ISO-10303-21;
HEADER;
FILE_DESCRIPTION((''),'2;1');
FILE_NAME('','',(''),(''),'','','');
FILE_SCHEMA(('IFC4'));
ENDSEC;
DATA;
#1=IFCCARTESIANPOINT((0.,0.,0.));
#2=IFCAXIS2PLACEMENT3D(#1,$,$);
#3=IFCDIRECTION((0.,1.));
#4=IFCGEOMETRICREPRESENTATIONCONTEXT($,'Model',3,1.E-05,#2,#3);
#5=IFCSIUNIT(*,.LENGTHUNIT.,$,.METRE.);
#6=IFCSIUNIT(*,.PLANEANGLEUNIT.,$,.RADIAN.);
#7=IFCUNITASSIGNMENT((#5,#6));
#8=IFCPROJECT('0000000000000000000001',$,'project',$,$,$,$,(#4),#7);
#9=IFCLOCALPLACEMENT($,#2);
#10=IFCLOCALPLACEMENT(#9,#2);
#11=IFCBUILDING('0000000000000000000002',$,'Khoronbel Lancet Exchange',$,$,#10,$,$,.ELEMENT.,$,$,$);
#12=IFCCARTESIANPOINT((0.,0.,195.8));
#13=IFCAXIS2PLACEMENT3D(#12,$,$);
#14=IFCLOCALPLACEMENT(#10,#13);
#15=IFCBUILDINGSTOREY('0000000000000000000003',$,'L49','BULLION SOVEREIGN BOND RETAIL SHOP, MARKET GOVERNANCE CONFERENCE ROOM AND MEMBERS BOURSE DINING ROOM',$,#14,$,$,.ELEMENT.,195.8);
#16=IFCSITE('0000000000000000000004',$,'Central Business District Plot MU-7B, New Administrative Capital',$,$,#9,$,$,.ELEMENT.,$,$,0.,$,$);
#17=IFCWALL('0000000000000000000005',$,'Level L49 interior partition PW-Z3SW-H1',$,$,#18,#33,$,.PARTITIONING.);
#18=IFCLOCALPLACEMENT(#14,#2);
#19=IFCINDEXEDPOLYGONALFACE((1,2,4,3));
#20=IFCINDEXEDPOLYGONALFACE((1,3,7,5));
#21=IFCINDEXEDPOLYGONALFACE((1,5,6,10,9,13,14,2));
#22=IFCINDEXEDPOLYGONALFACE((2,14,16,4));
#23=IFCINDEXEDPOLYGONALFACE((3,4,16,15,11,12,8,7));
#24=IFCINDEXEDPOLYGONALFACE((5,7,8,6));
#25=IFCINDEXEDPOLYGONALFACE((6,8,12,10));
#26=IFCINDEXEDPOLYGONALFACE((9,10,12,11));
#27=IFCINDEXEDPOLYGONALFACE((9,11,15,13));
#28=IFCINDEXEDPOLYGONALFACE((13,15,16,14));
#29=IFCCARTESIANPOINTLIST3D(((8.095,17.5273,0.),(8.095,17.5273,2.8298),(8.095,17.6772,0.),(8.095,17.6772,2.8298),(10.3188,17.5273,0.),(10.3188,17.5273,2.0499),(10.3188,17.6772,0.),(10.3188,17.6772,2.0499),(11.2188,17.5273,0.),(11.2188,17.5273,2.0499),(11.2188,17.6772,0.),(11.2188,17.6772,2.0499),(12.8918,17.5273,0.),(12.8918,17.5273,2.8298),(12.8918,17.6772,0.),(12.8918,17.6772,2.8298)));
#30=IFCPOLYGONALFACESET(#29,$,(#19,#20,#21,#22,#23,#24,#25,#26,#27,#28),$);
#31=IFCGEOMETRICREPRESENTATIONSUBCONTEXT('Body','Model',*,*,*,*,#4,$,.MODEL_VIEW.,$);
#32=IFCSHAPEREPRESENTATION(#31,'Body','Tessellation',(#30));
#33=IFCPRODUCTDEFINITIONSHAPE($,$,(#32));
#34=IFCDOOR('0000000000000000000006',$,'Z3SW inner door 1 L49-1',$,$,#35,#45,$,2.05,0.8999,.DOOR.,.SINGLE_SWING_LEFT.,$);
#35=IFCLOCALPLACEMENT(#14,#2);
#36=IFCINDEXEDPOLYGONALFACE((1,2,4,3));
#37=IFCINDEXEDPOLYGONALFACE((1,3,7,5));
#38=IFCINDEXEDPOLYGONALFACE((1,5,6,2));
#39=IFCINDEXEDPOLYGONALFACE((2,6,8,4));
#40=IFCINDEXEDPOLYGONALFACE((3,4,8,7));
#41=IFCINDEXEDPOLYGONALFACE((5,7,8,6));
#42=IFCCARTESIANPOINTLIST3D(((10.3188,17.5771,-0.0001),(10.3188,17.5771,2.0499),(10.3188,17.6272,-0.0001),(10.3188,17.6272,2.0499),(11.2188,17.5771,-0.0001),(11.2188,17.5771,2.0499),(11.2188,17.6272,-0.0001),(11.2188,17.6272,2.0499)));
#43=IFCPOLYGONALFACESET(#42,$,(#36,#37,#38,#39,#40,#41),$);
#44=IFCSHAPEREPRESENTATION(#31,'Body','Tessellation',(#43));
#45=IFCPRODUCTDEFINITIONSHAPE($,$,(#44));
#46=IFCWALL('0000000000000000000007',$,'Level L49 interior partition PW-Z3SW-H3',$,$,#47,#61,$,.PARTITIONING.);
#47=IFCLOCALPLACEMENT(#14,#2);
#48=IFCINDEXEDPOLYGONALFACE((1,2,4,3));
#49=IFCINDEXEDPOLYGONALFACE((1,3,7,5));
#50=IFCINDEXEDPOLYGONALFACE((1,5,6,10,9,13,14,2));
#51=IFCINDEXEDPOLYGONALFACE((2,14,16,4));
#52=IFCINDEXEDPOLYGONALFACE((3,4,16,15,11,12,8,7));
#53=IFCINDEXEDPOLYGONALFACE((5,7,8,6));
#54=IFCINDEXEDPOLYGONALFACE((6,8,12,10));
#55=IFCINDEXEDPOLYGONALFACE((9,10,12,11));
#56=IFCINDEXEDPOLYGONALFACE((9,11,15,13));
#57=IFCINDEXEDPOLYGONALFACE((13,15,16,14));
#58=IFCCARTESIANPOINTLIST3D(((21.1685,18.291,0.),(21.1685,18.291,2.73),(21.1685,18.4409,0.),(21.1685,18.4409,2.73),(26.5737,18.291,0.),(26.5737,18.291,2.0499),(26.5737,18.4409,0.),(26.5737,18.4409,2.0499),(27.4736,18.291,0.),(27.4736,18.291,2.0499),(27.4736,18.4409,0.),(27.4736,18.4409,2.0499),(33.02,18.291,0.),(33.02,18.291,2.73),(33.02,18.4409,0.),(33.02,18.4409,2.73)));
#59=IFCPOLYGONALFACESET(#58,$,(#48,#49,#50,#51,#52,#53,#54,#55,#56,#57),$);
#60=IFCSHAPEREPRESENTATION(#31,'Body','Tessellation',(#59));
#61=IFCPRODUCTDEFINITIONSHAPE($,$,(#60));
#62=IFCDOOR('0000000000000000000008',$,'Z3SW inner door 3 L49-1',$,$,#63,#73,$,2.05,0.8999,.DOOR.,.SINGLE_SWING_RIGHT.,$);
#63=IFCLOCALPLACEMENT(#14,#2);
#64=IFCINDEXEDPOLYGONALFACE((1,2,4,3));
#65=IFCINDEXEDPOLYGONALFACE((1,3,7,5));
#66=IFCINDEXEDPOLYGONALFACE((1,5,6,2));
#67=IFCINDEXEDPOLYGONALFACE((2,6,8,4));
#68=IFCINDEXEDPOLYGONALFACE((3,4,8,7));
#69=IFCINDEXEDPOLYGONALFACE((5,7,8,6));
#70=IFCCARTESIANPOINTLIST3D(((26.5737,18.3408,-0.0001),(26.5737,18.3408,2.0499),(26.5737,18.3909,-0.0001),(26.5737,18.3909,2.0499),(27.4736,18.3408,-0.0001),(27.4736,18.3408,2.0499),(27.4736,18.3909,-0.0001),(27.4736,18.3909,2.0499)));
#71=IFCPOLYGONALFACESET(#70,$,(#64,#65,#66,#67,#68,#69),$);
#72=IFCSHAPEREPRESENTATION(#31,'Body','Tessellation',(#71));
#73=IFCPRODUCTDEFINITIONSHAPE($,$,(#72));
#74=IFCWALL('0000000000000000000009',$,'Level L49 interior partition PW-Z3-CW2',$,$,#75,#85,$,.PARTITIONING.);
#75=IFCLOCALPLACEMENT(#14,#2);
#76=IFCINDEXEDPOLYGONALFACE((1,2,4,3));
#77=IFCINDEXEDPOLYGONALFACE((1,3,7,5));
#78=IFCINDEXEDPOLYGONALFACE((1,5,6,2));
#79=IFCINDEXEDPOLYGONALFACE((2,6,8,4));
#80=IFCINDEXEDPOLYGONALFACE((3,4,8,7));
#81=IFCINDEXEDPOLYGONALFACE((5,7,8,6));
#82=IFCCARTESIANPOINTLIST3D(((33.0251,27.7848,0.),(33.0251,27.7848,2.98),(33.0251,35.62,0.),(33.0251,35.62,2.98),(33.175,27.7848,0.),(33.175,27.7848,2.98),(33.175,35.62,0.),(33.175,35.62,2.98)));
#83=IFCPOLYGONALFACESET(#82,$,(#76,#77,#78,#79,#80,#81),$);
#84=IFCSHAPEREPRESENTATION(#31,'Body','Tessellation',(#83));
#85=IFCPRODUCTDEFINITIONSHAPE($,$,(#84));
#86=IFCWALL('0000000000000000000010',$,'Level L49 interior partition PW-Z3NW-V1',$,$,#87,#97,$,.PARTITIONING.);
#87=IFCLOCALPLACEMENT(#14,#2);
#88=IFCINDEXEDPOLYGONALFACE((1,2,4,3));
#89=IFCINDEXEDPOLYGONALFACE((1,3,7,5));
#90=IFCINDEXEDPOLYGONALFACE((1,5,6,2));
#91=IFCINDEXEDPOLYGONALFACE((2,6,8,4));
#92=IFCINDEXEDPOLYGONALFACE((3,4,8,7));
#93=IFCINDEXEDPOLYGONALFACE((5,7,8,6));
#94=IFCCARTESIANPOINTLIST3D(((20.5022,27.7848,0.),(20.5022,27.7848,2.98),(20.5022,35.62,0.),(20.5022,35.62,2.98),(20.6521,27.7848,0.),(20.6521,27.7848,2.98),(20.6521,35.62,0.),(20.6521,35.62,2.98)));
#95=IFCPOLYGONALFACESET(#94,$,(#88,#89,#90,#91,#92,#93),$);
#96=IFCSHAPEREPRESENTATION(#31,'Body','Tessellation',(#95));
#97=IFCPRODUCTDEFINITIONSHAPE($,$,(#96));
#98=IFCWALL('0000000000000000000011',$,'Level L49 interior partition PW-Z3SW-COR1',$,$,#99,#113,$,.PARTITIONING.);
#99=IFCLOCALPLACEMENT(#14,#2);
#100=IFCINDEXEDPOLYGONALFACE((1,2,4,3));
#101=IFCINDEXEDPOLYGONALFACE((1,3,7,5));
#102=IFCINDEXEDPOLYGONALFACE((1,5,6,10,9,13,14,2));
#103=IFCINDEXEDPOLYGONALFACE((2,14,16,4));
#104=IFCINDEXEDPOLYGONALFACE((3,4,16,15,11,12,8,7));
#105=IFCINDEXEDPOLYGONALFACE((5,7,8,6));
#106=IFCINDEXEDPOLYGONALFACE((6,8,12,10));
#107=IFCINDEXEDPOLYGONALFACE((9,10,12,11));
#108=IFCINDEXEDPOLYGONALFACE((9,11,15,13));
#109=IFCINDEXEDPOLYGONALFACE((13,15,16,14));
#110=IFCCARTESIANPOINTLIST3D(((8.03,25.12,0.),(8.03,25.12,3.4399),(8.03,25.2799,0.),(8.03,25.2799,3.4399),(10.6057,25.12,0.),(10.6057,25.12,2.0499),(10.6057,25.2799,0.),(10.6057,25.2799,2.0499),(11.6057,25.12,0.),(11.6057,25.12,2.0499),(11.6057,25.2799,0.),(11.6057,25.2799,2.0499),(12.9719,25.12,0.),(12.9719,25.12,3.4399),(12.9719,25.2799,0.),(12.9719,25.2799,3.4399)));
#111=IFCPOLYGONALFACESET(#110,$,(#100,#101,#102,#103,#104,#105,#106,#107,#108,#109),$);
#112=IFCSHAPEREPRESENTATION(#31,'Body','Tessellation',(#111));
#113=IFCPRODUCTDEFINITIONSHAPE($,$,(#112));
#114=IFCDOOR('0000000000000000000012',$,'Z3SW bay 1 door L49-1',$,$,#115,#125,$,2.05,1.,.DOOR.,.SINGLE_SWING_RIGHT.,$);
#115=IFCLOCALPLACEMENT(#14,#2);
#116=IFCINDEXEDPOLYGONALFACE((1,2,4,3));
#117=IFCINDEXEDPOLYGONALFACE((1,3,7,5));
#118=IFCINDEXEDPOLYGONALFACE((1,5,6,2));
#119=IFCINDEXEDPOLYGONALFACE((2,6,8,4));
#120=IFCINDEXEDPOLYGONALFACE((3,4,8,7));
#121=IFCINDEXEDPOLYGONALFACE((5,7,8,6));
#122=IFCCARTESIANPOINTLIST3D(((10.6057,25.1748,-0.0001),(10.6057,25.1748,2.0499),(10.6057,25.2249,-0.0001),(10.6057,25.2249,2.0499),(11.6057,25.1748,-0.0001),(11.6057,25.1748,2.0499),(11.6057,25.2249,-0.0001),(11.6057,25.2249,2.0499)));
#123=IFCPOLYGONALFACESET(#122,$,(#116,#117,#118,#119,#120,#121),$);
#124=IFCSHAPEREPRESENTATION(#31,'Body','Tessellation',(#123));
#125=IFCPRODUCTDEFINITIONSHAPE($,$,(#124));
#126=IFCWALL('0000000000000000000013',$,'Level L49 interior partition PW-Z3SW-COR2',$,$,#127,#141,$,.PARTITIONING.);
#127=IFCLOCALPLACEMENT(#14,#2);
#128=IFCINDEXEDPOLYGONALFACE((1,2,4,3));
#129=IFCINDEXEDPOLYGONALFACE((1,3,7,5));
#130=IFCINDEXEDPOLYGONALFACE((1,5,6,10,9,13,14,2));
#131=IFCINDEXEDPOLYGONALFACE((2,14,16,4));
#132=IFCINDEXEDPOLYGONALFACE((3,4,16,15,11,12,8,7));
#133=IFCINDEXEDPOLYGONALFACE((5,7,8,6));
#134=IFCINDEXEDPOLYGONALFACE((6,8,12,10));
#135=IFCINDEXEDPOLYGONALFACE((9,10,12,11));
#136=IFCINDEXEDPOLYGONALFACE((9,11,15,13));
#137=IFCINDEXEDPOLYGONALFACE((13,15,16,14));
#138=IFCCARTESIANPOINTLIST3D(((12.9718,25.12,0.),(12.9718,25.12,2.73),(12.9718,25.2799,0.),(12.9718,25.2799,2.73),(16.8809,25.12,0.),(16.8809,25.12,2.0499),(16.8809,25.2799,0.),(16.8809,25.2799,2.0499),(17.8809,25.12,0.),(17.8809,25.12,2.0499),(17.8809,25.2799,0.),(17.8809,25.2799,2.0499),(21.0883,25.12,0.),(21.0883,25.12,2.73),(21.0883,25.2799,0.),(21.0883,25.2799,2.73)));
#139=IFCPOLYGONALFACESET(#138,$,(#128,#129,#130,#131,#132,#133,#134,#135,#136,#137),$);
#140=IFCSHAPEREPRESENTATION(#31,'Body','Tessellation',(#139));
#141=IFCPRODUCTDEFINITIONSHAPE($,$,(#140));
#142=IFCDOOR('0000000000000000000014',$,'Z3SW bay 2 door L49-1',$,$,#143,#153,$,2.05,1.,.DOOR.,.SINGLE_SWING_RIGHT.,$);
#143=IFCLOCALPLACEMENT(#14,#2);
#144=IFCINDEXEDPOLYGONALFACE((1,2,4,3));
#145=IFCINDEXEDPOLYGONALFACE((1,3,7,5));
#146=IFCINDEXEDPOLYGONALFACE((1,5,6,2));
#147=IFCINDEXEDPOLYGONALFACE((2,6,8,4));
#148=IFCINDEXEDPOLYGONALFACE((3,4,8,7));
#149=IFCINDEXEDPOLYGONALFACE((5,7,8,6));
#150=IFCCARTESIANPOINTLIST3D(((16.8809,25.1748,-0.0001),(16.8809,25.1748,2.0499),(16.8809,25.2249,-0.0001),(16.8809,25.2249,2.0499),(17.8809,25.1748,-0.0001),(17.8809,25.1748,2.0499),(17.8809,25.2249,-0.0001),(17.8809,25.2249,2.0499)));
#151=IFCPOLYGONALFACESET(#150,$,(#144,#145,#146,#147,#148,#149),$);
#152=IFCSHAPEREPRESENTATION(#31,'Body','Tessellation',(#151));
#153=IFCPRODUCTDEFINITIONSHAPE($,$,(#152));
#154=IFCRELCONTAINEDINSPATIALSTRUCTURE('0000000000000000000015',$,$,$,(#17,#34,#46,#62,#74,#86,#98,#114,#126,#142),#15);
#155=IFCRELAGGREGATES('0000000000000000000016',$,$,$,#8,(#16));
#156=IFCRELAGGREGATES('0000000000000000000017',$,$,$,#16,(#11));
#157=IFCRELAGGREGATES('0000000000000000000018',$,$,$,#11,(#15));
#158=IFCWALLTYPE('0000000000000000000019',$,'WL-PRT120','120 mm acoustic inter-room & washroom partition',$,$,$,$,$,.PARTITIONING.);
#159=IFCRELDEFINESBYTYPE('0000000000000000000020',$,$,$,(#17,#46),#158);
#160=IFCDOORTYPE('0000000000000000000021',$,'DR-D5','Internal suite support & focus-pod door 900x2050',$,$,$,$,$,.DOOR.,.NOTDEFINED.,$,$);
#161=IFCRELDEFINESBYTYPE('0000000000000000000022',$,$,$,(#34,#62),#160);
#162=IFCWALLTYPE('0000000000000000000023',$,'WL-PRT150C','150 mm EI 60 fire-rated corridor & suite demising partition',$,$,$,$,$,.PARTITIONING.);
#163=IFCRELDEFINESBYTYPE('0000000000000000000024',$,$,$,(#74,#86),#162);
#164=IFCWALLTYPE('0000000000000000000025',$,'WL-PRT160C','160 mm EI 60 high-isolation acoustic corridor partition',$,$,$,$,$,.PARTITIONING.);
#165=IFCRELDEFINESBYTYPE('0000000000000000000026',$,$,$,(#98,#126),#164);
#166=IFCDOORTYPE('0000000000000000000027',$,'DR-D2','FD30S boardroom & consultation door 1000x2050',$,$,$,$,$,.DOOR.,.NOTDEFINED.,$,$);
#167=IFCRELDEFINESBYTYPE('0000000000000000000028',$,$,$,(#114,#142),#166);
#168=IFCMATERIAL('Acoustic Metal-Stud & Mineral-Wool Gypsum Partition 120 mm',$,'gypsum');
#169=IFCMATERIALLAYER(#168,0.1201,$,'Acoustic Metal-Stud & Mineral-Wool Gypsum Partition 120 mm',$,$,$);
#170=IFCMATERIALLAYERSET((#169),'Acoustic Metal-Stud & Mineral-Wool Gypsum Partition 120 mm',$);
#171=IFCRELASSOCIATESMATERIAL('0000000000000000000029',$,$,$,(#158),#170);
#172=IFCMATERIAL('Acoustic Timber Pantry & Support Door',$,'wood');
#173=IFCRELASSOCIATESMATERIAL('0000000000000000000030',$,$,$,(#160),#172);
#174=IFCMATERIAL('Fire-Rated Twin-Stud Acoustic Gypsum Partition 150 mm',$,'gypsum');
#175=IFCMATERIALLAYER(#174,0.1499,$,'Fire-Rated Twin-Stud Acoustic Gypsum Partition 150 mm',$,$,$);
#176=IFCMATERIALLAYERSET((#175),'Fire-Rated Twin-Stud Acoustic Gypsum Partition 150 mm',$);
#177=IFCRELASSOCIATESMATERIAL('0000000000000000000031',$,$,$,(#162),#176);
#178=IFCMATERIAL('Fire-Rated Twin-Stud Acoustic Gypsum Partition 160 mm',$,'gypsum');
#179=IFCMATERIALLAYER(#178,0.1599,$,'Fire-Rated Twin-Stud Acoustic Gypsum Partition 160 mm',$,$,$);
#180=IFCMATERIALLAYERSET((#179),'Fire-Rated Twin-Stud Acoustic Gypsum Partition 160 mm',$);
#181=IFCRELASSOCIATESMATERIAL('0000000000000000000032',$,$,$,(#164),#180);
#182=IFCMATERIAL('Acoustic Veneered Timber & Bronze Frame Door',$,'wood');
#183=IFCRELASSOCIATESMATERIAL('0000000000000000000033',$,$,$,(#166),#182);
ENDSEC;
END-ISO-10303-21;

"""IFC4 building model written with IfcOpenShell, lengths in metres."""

from ifc_helpers import new_model, si_unit, direction, frame, frame_2d, origin, place, context, subcontext, project, spatial, rectangle, extrude, material, layer, layer_set, type_object, element, fill, save


model = new_model("IFC4")

# Units and contexts
model_context = context("Model", 3, precision=1e-05, world=origin(), true_north=direction((0.0, 1.0)))
body_context = subcontext(model_context, "Body", "Model", "MODEL_VIEW")
ifc_project = project(units=[si_unit("LENGTHUNIT", "METRE"), si_unit("PLANEANGLEUNIT", "RADIAN")], contexts=[model_context])

# Site, building, storey
site_placement = place(None, origin())
site = spatial("IfcSite", under=ifc_project, at=site_placement, Name="Central Business District Plot MU-7B, New Administrative Capital", CompositionType="ELEMENT", RefElevation=0.0)
building_placement = place(site_placement, origin())
building = spatial("IfcBuilding", under=site, at=building_placement, Name="Khoronbel Lancet Exchange", CompositionType="ELEMENT")
storey_placement = place(building_placement, frame((0.0, 0.0, 195.8)))
storey = spatial("IfcBuildingStorey", under=building, at=storey_placement, Name="L49", Description="BULLION SOVEREIGN BOND RETAIL SHOP, MARKET GOVERNANCE CONFERENCE ROOM AND MEMBERS BOURSE DINING ROOM", CompositionType="ELEMENT", Elevation=195.8)

# Walls, openings, doors
ifc_material_1 = material(Name="Acoustic Metal-Stud & Mineral-Wool Gypsum Partition 120 mm", Category="gypsum")
ifc_layer_1 = layer(ifc_material_1, 0.1201, Name="Acoustic Metal-Stud & Mineral-Wool Gypsum Partition 120 mm")
ifc_layer_set_1 = layer_set([ifc_layer_1], Name="Acoustic Metal-Stud & Mineral-Wool Gypsum Partition 120 mm")
wall_type_1 = type_object("IfcWallType", Name="WL-PRT120", Description="120 mm acoustic inter-room & washroom partition", PredefinedType="PARTITIONING", material=ifc_layer_set_1)
wall_1_placement = place(storey_placement, frame((8.095, 17.6023, 0.0), z_axis=(0.0, 0.0, 1.0), x_axis=(1.0, 0.0, 0.0)))
wall_1 = element("IfcWall", 1, at=wall_1_placement, inside=storey, type_object=wall_type_1, Name="Level L49 interior partition PW-Z3SW-H1", PredefinedType="PARTITIONING", context=body_context, shape_type="SweptSolid", body=[
    extrude(rectangle(XDim=4.7969, YDim=0.1499, at=frame_2d((2.3984, 0.0))), origin(), (0.0, 0.0, 1.0), 2.8298),
])
opening_1_placement = place(wall_1_placement, frame((2.2239, 0.0, 0.0)))
opening_1 = element("IfcOpeningElement", 2, at=opening_1_placement, cuts=wall_1, PredefinedType="OPENING", context=body_context, shape_type="SweptSolid", body=[
    extrude(rectangle(XDim=0.8999, YDim=2.05, at=frame_2d((0.45, 1.0249))), frame((0.0, 0.085, 0.0), z_axis=(0.0, -1.0, 0.0), x_axis=(1.0, 0.0, 0.0)), (0.0, 0.0, 1.0), 0.1699),
])
ifc_material_2 = material(Name="Acoustic Timber Pantry & Support Door", Category="wood")
door_type_1 = type_object("IfcDoorType", Name="DR-D5", Description="Internal suite support & focus-pod door 900x2050", OperationType="NOTDEFINED", PredefinedType="DOOR", material=ifc_material_2)
door_1_placement = place(opening_1_placement, origin())
door_1 = element("IfcDoor", 3, at=door_1_placement, inside=storey, type_object=door_type_1, Name="Z3SW inner door 1 L49-1", OperationType="SINGLE_SWING_LEFT", OverallHeight=2.05, OverallWidth=0.8999, PredefinedType="DOOR", context=body_context, shape_type="SweptSolid", body=[
    extrude(rectangle(XDim=0.8999, YDim=2.05, at=frame_2d((0.45, 1.0249))), frame((0.0, 0.0249, 0.0), z_axis=(0.0, -1.0, 0.0), x_axis=(1.0, 0.0, 0.0)), (0.0, 0.0, 1.0), 0.05),
])
fill(opening_1, door_1)
wall_2_placement = place(storey_placement, frame((21.1685, 18.366, 0.0), z_axis=(0.0, 0.0, 1.0), x_axis=(1.0, 0.0, 0.0)))
wall_2 = element("IfcWall", 4, at=wall_2_placement, inside=storey, type_object=wall_type_1, Name="Level L49 interior partition PW-Z3SW-H3", PredefinedType="PARTITIONING", context=body_context, shape_type="SweptSolid", body=[
    extrude(rectangle(XDim=11.8516, YDim=0.1499, at=frame_2d((5.9258, 0.0))), origin(), (0.0, 0.0, 1.0), 2.73),
])
opening_2_placement = place(wall_2_placement, frame((5.4053, 0.0, 0.0)))
opening_2 = element("IfcOpeningElement", 5, at=opening_2_placement, cuts=wall_2, PredefinedType="OPENING", context=body_context, shape_type="SweptSolid", body=[
    extrude(rectangle(XDim=0.8999, YDim=2.05, at=frame_2d((0.45, 1.0249))), frame((0.0, 0.085, 0.0), z_axis=(0.0, -1.0, 0.0), x_axis=(1.0, 0.0, 0.0)), (0.0, 0.0, 1.0), 0.1699),
])
door_2_placement = place(opening_2_placement, origin())
door_2 = element("IfcDoor", 6, at=door_2_placement, inside=storey, type_object=door_type_1, Name="Z3SW inner door 3 L49-1", OperationType="SINGLE_SWING_RIGHT", OverallHeight=2.05, OverallWidth=0.8999, PredefinedType="DOOR", context=body_context, shape_type="SweptSolid", body=[
    extrude(rectangle(XDim=0.8999, YDim=2.05, at=frame_2d((0.45, 1.0249))), frame((0.0, 0.0249, 0.0), z_axis=(0.0, -1.0, 0.0), x_axis=(1.0, 0.0, 0.0)), (0.0, 0.0, 1.0), 0.05),
])
fill(opening_2, door_2)

# Walls
ifc_material_3 = material(Name="Fire-Rated Twin-Stud Acoustic Gypsum Partition 150 mm", Category="gypsum")
ifc_layer_2 = layer(ifc_material_3, 0.1499, Name="Fire-Rated Twin-Stud Acoustic Gypsum Partition 150 mm")
ifc_layer_set_2 = layer_set([ifc_layer_2], Name="Fire-Rated Twin-Stud Acoustic Gypsum Partition 150 mm")
wall_type_2 = type_object("IfcWallType", Name="WL-PRT150C", Description="150 mm EI 60 fire-rated corridor & suite demising partition", PredefinedType="PARTITIONING", material=ifc_layer_set_2)
for number, where, z_axis, x_axis, name in (
    (7, (33.1001, 27.7849, 0.0), (0.0, 0.0, 1.0), (0.0, 1.0, 0.0), "Level L49 interior partition PW-Z3-CW2"),
    (8, (20.5771, 27.7849, 0.0), (0.0, 0.0, 1.0), (0.0, 1.0, 0.0), "Level L49 interior partition PW-Z3NW-V1"),
):
    element("IfcWall", number, at=place(storey_placement, frame(where, z_axis=z_axis, x_axis=x_axis)), inside=storey, type_object=wall_type_2, Name=name, PredefinedType="PARTITIONING", context=body_context, shape_type="SweptSolid", body=[
        extrude(rectangle(XDim=7.8352, YDim=0.1499, at=frame_2d((3.9175, 0.0))), origin(), (0.0, 0.0, 1.0), 2.98),
    ])

# Walls, openings, doors
ifc_material_4 = material(Name="Fire-Rated Twin-Stud Acoustic Gypsum Partition 160 mm", Category="gypsum")
ifc_layer_3 = layer(ifc_material_4, 0.1599, Name="Fire-Rated Twin-Stud Acoustic Gypsum Partition 160 mm")
ifc_layer_set_3 = layer_set([ifc_layer_3], Name="Fire-Rated Twin-Stud Acoustic Gypsum Partition 160 mm")
wall_type_3 = type_object("IfcWallType", Name="WL-PRT160C", Description="160 mm EI 60 high-isolation acoustic corridor partition", PredefinedType="PARTITIONING", material=ifc_layer_set_3)
wall_3_placement = place(storey_placement, frame((8.03, 25.2, 0.0), z_axis=(0.0, 0.0, 1.0), x_axis=(1.0, 0.0, 0.0)))
wall_3 = element("IfcWall", 9, at=wall_3_placement, inside=storey, type_object=wall_type_3, Name="Level L49 interior partition PW-Z3SW-COR1", PredefinedType="PARTITIONING", context=body_context, shape_type="SweptSolid", body=[
    extrude(rectangle(XDim=4.9419, YDim=0.1599, at=frame_2d((2.4709, 0.0))), origin(), (0.0, 0.0, 1.0), 3.4399),
])
opening_3_placement = place(wall_3_placement, frame((2.5757, 0.0, 0.0)))
opening_3 = element("IfcOpeningElement", 10, at=opening_3_placement, cuts=wall_3, PredefinedType="OPENING", context=body_context, shape_type="SweptSolid", body=[
    extrude(rectangle(XDim=1.0, YDim=2.05, at=frame_2d((0.5, 1.0249))), frame((0.0, 0.0898, 0.0), z_axis=(0.0, -1.0, 0.0), x_axis=(1.0, 0.0, 0.0)), (0.0, 0.0, 1.0), 0.1799),
])
ifc_material_5 = material(Name="Acoustic Veneered Timber & Bronze Frame Door", Category="wood")
door_type_2 = type_object("IfcDoorType", Name="DR-D2", Description="FD30S boardroom & consultation door 1000x2050", OperationType="NOTDEFINED", PredefinedType="DOOR", material=ifc_material_5)
door_3_placement = place(opening_3_placement, origin())
door_3 = element("IfcDoor", 11, at=door_3_placement, inside=storey, type_object=door_type_2, Name="Z3SW bay 1 door L49-1", OperationType="SINGLE_SWING_RIGHT", OverallHeight=2.05, OverallWidth=1.0, PredefinedType="DOOR", context=body_context, shape_type="SweptSolid", body=[
    extrude(rectangle(XDim=1.0, YDim=2.05, at=frame_2d((0.5, 1.0249))), frame((0.0, 0.0249, 0.0), z_axis=(0.0, -1.0, 0.0), x_axis=(1.0, 0.0, 0.0)), (0.0, 0.0, 1.0), 0.05),
])
fill(opening_3, door_3)
wall_4_placement = place(storey_placement, frame((12.9719, 25.2, 0.0), z_axis=(0.0, 0.0, 1.0), x_axis=(1.0, 0.0, 0.0)))
wall_4 = element("IfcWall", 12, at=wall_4_placement, inside=storey, type_object=wall_type_3, Name="Level L49 interior partition PW-Z3SW-COR2", PredefinedType="PARTITIONING", context=body_context, shape_type="SweptSolid", body=[
    extrude(rectangle(XDim=8.1165, YDim=0.1599, at=frame_2d((4.0581, 0.0))), origin(), (0.0, 0.0, 1.0), 2.73),
])
opening_4_placement = place(wall_4_placement, frame((3.9089, 0.0, 0.0)))
opening_4 = element("IfcOpeningElement", 13, at=opening_4_placement, cuts=wall_4, PredefinedType="OPENING", context=body_context, shape_type="SweptSolid", body=[
    extrude(rectangle(XDim=1.0, YDim=2.05, at=frame_2d((0.5, 1.0249))), frame((0.0, 0.0898, 0.0), z_axis=(0.0, -1.0, 0.0), x_axis=(1.0, 0.0, 0.0)), (0.0, 0.0, 1.0), 0.1799),
])
door_4_placement = place(opening_4_placement, origin())
door_4 = element("IfcDoor", 14, at=door_4_placement, inside=storey, type_object=door_type_2, Name="Z3SW bay 2 door L49-1", OperationType="SINGLE_SWING_RIGHT", OverallHeight=2.05, OverallWidth=1.0, PredefinedType="DOOR", context=body_context, shape_type="SweptSolid", body=[
    extrude(rectangle(XDim=1.0, YDim=2.05, at=frame_2d((0.5, 1.0249))), frame((0.0, 0.0249, 0.0), z_axis=(0.0, -1.0, 0.0), x_axis=(1.0, 0.0, 0.0)), (0.0, 0.0, 1.0), 0.05),
])
fill(opening_4, door_4)

save(model, "model.ifc")
